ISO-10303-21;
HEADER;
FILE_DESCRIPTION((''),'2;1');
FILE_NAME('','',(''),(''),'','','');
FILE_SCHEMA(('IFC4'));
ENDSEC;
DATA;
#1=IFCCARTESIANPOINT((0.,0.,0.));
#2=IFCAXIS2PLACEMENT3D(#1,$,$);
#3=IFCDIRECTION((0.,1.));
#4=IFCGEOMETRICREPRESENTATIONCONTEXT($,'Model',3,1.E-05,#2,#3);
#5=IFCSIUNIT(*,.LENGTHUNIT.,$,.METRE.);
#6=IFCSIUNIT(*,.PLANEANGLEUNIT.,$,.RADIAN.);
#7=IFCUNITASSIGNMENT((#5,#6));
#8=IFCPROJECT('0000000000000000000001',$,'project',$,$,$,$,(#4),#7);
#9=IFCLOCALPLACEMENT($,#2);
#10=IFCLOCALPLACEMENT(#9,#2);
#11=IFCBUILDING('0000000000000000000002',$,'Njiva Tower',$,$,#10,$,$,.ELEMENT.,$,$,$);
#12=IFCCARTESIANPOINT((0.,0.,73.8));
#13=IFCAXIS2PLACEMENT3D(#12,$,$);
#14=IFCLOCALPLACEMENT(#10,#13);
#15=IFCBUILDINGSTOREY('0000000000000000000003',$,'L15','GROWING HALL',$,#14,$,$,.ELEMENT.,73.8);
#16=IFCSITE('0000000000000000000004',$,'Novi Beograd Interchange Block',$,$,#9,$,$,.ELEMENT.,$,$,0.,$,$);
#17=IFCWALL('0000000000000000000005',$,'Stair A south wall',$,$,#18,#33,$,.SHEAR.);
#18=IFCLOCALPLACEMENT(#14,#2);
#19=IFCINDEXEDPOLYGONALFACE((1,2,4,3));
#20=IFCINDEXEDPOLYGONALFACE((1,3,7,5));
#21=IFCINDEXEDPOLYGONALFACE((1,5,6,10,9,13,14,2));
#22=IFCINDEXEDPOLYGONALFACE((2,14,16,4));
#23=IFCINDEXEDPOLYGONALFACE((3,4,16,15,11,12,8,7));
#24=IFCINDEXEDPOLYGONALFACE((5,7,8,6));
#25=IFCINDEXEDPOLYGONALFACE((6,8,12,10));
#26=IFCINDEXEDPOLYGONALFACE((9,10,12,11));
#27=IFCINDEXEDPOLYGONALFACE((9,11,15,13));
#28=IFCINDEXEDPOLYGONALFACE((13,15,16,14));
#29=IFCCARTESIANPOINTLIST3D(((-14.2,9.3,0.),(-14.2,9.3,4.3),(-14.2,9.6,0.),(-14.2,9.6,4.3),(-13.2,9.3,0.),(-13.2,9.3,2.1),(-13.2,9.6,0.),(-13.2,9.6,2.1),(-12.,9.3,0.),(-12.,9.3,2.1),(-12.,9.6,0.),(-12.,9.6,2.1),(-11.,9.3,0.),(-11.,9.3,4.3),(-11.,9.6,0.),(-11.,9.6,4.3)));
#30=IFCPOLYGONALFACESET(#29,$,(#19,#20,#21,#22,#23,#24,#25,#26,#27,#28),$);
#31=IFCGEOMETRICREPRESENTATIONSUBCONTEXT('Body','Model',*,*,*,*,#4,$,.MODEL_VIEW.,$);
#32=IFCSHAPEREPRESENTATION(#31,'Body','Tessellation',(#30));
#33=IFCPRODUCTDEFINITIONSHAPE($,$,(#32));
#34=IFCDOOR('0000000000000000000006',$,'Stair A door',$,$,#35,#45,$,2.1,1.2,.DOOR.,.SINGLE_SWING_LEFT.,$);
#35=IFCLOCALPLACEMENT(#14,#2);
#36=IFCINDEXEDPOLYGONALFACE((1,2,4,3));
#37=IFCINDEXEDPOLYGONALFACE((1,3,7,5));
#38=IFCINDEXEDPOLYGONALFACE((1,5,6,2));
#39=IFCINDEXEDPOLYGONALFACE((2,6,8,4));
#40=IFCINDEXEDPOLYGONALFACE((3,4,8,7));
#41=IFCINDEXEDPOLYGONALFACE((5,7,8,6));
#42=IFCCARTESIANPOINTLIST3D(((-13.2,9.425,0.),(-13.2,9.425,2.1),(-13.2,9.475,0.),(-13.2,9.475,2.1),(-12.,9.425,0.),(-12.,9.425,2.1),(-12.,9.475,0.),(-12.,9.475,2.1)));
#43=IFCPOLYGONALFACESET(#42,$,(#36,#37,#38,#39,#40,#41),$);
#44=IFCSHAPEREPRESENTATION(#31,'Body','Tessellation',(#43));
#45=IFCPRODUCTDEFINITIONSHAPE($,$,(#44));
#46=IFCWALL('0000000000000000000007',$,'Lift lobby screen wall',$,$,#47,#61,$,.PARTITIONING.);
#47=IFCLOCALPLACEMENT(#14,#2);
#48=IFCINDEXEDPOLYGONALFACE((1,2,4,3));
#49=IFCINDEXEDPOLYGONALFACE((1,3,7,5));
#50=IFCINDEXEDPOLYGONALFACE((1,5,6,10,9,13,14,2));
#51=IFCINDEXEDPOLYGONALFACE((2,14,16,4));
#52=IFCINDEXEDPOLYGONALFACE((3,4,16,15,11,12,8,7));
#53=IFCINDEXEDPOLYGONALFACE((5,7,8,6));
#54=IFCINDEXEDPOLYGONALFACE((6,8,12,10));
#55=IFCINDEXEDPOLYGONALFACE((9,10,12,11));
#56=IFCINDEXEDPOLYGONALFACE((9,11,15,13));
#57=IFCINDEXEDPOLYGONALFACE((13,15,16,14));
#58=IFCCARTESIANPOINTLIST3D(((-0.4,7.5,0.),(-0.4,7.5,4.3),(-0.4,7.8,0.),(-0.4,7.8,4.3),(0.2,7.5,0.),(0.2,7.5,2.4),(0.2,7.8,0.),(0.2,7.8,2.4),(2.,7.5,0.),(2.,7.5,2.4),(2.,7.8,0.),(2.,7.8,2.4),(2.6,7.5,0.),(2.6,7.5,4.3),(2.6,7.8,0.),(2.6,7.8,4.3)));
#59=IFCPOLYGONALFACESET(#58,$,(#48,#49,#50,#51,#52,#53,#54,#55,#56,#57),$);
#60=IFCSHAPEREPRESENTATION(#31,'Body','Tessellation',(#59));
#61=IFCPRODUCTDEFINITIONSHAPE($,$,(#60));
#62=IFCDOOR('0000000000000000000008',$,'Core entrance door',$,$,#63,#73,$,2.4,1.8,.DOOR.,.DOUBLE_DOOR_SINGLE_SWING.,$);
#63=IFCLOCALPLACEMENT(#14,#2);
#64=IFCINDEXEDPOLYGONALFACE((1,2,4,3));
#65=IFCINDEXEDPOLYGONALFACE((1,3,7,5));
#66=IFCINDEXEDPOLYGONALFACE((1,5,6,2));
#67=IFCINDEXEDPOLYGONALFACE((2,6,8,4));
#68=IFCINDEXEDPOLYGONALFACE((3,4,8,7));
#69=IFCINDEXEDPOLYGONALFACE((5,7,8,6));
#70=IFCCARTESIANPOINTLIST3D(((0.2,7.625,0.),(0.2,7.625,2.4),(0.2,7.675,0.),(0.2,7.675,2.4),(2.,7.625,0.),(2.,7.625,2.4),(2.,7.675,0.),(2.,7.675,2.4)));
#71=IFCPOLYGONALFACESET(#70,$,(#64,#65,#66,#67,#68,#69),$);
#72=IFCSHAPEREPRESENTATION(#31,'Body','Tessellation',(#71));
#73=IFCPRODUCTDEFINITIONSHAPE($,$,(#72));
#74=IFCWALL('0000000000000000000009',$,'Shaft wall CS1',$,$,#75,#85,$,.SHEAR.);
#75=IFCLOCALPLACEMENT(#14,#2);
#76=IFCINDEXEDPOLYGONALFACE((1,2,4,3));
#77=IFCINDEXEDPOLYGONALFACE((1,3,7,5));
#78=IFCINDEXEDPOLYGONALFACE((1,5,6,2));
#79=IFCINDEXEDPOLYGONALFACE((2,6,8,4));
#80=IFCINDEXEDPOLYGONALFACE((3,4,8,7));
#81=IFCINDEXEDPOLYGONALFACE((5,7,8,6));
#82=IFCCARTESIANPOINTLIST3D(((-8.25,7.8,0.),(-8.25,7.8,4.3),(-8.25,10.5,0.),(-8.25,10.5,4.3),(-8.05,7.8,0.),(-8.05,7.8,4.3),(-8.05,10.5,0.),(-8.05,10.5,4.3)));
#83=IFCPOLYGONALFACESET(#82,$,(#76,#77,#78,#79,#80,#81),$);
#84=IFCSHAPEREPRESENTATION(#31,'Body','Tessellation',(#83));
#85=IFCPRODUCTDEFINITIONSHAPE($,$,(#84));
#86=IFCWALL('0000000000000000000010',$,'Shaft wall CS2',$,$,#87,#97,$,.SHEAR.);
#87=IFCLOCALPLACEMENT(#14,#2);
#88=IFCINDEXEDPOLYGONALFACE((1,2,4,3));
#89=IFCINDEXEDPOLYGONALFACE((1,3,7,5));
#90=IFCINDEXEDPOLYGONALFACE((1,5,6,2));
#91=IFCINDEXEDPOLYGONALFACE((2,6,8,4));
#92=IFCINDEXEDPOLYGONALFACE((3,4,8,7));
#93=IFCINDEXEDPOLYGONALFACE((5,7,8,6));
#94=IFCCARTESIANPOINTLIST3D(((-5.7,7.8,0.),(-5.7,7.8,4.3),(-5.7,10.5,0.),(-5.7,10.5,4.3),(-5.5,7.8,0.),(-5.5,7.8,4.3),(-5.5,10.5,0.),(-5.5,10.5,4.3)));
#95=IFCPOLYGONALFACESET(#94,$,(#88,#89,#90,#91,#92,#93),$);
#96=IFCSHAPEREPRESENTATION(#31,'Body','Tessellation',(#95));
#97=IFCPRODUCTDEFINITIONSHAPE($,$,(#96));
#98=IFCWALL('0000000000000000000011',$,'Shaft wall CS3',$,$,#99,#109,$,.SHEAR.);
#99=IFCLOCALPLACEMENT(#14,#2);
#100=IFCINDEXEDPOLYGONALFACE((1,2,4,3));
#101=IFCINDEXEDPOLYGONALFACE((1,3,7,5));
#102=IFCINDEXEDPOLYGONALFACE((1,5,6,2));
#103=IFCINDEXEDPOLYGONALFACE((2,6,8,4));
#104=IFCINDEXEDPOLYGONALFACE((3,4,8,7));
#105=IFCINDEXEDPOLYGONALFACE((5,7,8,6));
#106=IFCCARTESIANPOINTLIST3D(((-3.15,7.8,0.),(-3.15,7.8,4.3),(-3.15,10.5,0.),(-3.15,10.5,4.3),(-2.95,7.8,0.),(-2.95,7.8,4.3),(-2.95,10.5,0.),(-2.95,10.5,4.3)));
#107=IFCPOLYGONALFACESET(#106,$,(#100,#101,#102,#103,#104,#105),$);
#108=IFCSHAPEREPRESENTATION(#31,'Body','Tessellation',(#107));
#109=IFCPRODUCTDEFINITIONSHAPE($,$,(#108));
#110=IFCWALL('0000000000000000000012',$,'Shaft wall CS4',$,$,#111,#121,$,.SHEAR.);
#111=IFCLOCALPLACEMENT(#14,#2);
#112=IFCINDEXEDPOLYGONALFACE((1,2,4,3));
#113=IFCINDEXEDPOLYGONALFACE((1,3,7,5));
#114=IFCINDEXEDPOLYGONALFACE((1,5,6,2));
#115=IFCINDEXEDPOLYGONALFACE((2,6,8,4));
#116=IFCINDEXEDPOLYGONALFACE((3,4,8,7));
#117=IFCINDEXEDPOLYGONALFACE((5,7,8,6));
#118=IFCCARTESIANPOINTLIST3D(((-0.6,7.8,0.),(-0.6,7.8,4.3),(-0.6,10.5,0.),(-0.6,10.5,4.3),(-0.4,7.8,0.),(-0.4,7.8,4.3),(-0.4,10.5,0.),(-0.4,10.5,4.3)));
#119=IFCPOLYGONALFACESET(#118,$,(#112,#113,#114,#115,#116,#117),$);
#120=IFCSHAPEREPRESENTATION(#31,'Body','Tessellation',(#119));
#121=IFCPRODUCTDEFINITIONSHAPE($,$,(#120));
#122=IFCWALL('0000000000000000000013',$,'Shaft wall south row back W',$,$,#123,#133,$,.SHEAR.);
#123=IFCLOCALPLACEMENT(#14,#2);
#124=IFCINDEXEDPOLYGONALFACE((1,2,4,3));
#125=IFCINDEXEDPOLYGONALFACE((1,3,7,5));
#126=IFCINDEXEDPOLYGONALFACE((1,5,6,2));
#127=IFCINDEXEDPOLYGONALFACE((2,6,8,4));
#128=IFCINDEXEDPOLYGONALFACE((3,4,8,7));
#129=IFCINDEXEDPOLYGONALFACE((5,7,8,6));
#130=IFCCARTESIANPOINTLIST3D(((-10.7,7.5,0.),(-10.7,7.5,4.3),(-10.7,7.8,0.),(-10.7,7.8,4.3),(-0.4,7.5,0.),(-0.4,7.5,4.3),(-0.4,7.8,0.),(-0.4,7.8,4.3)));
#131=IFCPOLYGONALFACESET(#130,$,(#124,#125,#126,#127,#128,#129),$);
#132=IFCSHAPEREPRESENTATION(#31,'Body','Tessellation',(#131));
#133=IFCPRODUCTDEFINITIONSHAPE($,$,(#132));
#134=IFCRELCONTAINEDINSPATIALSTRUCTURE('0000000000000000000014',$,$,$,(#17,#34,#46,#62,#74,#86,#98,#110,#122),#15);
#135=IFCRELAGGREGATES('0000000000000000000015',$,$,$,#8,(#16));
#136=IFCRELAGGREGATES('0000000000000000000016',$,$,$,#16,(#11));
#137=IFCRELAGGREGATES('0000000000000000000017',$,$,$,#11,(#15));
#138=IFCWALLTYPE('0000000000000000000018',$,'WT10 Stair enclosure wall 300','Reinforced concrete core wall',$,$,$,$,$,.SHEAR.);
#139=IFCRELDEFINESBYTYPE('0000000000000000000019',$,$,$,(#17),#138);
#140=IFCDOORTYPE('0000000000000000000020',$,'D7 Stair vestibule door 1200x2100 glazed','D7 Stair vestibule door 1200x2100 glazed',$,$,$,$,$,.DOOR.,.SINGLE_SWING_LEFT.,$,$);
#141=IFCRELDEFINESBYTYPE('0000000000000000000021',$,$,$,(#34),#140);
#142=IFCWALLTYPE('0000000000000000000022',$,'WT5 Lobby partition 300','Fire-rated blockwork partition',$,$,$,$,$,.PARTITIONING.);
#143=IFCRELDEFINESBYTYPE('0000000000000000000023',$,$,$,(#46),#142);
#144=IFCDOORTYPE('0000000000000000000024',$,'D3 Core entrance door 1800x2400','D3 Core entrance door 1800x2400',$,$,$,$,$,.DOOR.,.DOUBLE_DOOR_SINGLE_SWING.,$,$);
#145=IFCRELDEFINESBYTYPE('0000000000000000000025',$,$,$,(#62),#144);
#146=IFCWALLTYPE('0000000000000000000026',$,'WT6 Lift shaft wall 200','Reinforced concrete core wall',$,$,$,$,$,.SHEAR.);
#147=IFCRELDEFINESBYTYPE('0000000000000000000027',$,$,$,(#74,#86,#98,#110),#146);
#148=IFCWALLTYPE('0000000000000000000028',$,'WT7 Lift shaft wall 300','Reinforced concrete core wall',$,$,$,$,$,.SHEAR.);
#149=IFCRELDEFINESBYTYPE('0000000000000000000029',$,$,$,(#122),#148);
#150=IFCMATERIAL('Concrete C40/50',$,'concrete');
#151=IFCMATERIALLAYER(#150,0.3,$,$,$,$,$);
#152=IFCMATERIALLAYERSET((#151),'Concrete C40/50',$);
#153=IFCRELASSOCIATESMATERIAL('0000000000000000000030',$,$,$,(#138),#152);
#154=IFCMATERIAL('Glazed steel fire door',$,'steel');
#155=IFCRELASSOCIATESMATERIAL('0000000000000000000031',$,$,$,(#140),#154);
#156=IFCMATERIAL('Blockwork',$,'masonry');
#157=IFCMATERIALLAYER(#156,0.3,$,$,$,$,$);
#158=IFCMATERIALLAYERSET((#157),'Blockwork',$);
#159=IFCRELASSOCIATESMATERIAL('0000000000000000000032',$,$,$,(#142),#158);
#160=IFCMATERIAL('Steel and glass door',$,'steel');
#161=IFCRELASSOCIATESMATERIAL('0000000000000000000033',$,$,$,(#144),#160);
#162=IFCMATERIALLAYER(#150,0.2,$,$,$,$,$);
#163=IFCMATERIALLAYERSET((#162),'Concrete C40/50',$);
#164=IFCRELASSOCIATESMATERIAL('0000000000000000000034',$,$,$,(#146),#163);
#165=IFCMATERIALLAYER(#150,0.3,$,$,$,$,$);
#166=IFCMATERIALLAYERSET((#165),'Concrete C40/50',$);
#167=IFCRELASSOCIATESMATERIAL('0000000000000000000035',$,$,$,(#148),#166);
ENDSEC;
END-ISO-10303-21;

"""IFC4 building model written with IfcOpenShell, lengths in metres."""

from ifc_helpers import new_model, si_unit, direction, frame, frame_2d, origin, place, context, subcontext, project, spatial, rectangle, extrude, material, layer, layer_set, type_object, element, fill, save


model = new_model("IFC4")

# Units and contexts
model_context = context("Model", 3, precision=1e-05, world=origin(), true_north=direction((0.0, 1.0)))
body_context = subcontext(model_context, "Body", "Model", "MODEL_VIEW")
ifc_project = project(units=[si_unit("LENGTHUNIT", "METRE"), si_unit("PLANEANGLEUNIT", "RADIAN")], contexts=[model_context])

# Site, building, storey
site_placement = place(None, origin())
site = spatial("IfcSite", under=ifc_project, at=site_placement, Name="Novi Beograd Interchange Block", CompositionType="ELEMENT", RefElevation=0.0)
building_placement = place(site_placement, origin())
building = spatial("IfcBuilding", under=site, at=building_placement, Name="Njiva Tower", CompositionType="ELEMENT")
storey_placement = place(building_placement, frame((0.0, 0.0, 73.8)))
storey = spatial("IfcBuildingStorey", under=building, at=storey_placement, Name="L15", Description="GROWING HALL", CompositionType="ELEMENT", Elevation=73.8)

# Shared definitions
ifc_material_1 = material(Name="Blockwork", Category="masonry")

# Shared definitions
ifc_material_2 = material(Name="Concrete C40/50", Category="concrete")
ifc_layer_1 = layer(ifc_material_2, 0.3)
ifc_layer_set_1 = layer_set([ifc_layer_1], Name="Concrete C40/50")
wall_type_1 = type_object("IfcWallType", Name="WT10 Stair enclosure wall 300", Description="Reinforced concrete core wall", PredefinedType="SHEAR", material=ifc_layer_set_1)
ifc_material_3 = material(Name="Glazed steel fire door", Category="steel")

# Walls, openings, doors
wall_1_placement = place(storey_placement, frame((-14.2, 9.45, 0.0), z_axis=(0.0, 0.0, 1.0), x_axis=(1.0, 0.0, 0.0)))
wall_1 = element("IfcWall", 1, at=wall_1_placement, inside=storey, type_object=wall_type_1, Name="Stair A south wall", PredefinedType="SHEAR", context=body_context, shape_type="SweptSolid", body=[
    extrude(rectangle(XDim=3.2, YDim=0.3, at=frame_2d((1.6, 0.0))), origin(), (0.0, 0.0, 1.0), 4.3),
])
opening_1_placement = place(wall_1_placement, frame((1.0, 0.0, 0.0)))
opening_1 = element("IfcOpeningElement", 2, at=opening_1_placement, cuts=wall_1, PredefinedType="OPENING", context=body_context, shape_type="SweptSolid", body=[
    extrude(rectangle(XDim=1.2, YDim=2.1, at=frame_2d((0.6, 1.05))), frame((0.0, 0.16, 0.0), z_axis=(0.0, -1.0, 0.0), x_axis=(1.0, 0.0, 0.0)), (0.0, 0.0, 1.0), 0.32),
])
door_type_1 = type_object("IfcDoorType", Name="D7 Stair vestibule door 1200x2100 glazed", Description="D7 Stair vestibule door 1200x2100 glazed", OperationType="SINGLE_SWING_LEFT", PredefinedType="DOOR", material=ifc_material_3)
door_1_placement = place(opening_1_placement, origin())
door_1 = element("IfcDoor", 3, at=door_1_placement, inside=storey, type_object=door_type_1, Name="Stair A door", OperationType="SINGLE_SWING_LEFT", OverallHeight=2.1, OverallWidth=1.2, PredefinedType="DOOR", context=body_context, shape_type="SweptSolid", body=[
    extrude(rectangle(XDim=1.2, YDim=2.1, at=frame_2d((0.6, 1.05))), frame((0.0, 0.025, 0.0), z_axis=(0.0, -1.0, 0.0), x_axis=(1.0, 0.0, 0.0)), (0.0, 0.0, 1.0), 0.05),
])
fill(opening_1, door_1)
ifc_layer_2 = layer(ifc_material_1, 0.3)
ifc_layer_set_2 = layer_set([ifc_layer_2], Name="Blockwork")
wall_type_2 = type_object("IfcWallType", Name="WT5 Lobby partition 300", Description="Fire-rated blockwork partition", PredefinedType="PARTITIONING", material=ifc_layer_set_2)
wall_2_placement = place(storey_placement, frame((-0.4, 7.65, 0.0), z_axis=(0.0, 0.0, 1.0), x_axis=(1.0, 0.0, 0.0)))
wall_2 = element("IfcWall", 4, at=wall_2_placement, inside=storey, type_object=wall_type_2, Name="Lift lobby screen wall", PredefinedType="PARTITIONING", context=body_context, shape_type="SweptSolid", body=[
    extrude(rectangle(XDim=3.0, YDim=0.3, at=frame_2d((1.5, 0.0))), origin(), (0.0, 0.0, 1.0), 4.3),
])
opening_2_placement = place(wall_2_placement, frame((0.6, 0.0, 0.0)))
opening_2 = element("IfcOpeningElement", 5, at=opening_2_placement, cuts=wall_2, PredefinedType="OPENING", context=body_context, shape_type="SweptSolid", body=[
    extrude(rectangle(XDim=1.8, YDim=2.4, at=frame_2d((0.9, 1.2))), frame((0.0, 0.16, 0.0), z_axis=(0.0, -1.0, 0.0), x_axis=(1.0, 0.0, 0.0)), (0.0, 0.0, 1.0), 0.32),
])
ifc_material_4 = material(Name="Steel and glass door", Category="steel")
door_type_2 = type_object("IfcDoorType", Name="D3 Core entrance door 1800x2400", Description="D3 Core entrance door 1800x2400", OperationType="DOUBLE_DOOR_SINGLE_SWING", PredefinedType="DOOR", material=ifc_material_4)
door_2_placement = place(opening_2_placement, origin())
door_2 = element("IfcDoor", 6, at=door_2_placement, inside=storey, type_object=door_type_2, Name="Core entrance door", OperationType="DOUBLE_DOOR_SINGLE_SWING", OverallHeight=2.4, OverallWidth=1.8, PredefinedType="DOOR", context=body_context, shape_type="SweptSolid", body=[
    extrude(rectangle(XDim=1.8, YDim=2.4, at=frame_2d((0.9, 1.2))), frame((0.0, 0.025, 0.0), z_axis=(0.0, -1.0, 0.0), x_axis=(1.0, 0.0, 0.0)), (0.0, 0.0, 1.0), 0.05),
])
fill(opening_2, door_2)

# Walls
ifc_layer_3 = layer(ifc_material_2, 0.2)
ifc_layer_set_3 = layer_set([ifc_layer_3], Name="Concrete C40/50")
wall_type_3 = type_object("IfcWallType", Name="WT6 Lift shaft wall 200", Description="Reinforced concrete core wall", PredefinedType="SHEAR", material=ifc_layer_set_3)
for number, where, z_axis, x_axis, name in (
    (7, (-8.15, 7.8, 0.0), (0.0, 0.0, 1.0), (0.0, 1.0, 0.0), "Shaft wall CS1"),
    (8, (-5.6, 7.8, 0.0), (0.0, 0.0, 1.0), (0.0, 1.0, 0.0), "Shaft wall CS2"),
    (9, (-3.05, 7.8, 0.0), (0.0, 0.0, 1.0), (0.0, 1.0, 0.0), "Shaft wall CS3"),
    (10, (-0.5, 7.8, 0.0), (0.0, 0.0, 1.0), (0.0, 1.0, 0.0), "Shaft wall CS4"),
):
    element("IfcWall", number, at=place(storey_placement, frame(where, z_axis=z_axis, x_axis=x_axis)), inside=storey, type_object=wall_type_3, Name=name, PredefinedType="SHEAR", context=body_context, shape_type="SweptSolid", body=[
        extrude(rectangle(XDim=2.7, YDim=0.2, at=frame_2d((1.35, 0.0))), origin(), (0.0, 0.0, 1.0), 4.3),
    ])
ifc_layer_4 = layer(ifc_material_2, 0.3)
ifc_layer_set_4 = layer_set([ifc_layer_4], Name="Concrete C40/50")
wall_type_4 = type_object("IfcWallType", Name="WT7 Lift shaft wall 300", Description="Reinforced concrete core wall", PredefinedType="SHEAR", material=ifc_layer_set_4)
wall_3_placement = place(storey_placement, frame((-10.7, 7.65, 0.0), z_axis=(0.0, 0.0, 1.0), x_axis=(1.0, 0.0, 0.0)))
element("IfcWall", 11, at=wall_3_placement, inside=storey, type_object=wall_type_4, Name="Shaft wall south row back W", PredefinedType="SHEAR", context=body_context, shape_type="SweptSolid", body=[
    extrude(rectangle(XDim=10.3, YDim=0.3, at=frame_2d((5.15, 0.0))), origin(), (0.0, 0.0, 1.0), 4.3),
])

save(model, "model.ifc")
